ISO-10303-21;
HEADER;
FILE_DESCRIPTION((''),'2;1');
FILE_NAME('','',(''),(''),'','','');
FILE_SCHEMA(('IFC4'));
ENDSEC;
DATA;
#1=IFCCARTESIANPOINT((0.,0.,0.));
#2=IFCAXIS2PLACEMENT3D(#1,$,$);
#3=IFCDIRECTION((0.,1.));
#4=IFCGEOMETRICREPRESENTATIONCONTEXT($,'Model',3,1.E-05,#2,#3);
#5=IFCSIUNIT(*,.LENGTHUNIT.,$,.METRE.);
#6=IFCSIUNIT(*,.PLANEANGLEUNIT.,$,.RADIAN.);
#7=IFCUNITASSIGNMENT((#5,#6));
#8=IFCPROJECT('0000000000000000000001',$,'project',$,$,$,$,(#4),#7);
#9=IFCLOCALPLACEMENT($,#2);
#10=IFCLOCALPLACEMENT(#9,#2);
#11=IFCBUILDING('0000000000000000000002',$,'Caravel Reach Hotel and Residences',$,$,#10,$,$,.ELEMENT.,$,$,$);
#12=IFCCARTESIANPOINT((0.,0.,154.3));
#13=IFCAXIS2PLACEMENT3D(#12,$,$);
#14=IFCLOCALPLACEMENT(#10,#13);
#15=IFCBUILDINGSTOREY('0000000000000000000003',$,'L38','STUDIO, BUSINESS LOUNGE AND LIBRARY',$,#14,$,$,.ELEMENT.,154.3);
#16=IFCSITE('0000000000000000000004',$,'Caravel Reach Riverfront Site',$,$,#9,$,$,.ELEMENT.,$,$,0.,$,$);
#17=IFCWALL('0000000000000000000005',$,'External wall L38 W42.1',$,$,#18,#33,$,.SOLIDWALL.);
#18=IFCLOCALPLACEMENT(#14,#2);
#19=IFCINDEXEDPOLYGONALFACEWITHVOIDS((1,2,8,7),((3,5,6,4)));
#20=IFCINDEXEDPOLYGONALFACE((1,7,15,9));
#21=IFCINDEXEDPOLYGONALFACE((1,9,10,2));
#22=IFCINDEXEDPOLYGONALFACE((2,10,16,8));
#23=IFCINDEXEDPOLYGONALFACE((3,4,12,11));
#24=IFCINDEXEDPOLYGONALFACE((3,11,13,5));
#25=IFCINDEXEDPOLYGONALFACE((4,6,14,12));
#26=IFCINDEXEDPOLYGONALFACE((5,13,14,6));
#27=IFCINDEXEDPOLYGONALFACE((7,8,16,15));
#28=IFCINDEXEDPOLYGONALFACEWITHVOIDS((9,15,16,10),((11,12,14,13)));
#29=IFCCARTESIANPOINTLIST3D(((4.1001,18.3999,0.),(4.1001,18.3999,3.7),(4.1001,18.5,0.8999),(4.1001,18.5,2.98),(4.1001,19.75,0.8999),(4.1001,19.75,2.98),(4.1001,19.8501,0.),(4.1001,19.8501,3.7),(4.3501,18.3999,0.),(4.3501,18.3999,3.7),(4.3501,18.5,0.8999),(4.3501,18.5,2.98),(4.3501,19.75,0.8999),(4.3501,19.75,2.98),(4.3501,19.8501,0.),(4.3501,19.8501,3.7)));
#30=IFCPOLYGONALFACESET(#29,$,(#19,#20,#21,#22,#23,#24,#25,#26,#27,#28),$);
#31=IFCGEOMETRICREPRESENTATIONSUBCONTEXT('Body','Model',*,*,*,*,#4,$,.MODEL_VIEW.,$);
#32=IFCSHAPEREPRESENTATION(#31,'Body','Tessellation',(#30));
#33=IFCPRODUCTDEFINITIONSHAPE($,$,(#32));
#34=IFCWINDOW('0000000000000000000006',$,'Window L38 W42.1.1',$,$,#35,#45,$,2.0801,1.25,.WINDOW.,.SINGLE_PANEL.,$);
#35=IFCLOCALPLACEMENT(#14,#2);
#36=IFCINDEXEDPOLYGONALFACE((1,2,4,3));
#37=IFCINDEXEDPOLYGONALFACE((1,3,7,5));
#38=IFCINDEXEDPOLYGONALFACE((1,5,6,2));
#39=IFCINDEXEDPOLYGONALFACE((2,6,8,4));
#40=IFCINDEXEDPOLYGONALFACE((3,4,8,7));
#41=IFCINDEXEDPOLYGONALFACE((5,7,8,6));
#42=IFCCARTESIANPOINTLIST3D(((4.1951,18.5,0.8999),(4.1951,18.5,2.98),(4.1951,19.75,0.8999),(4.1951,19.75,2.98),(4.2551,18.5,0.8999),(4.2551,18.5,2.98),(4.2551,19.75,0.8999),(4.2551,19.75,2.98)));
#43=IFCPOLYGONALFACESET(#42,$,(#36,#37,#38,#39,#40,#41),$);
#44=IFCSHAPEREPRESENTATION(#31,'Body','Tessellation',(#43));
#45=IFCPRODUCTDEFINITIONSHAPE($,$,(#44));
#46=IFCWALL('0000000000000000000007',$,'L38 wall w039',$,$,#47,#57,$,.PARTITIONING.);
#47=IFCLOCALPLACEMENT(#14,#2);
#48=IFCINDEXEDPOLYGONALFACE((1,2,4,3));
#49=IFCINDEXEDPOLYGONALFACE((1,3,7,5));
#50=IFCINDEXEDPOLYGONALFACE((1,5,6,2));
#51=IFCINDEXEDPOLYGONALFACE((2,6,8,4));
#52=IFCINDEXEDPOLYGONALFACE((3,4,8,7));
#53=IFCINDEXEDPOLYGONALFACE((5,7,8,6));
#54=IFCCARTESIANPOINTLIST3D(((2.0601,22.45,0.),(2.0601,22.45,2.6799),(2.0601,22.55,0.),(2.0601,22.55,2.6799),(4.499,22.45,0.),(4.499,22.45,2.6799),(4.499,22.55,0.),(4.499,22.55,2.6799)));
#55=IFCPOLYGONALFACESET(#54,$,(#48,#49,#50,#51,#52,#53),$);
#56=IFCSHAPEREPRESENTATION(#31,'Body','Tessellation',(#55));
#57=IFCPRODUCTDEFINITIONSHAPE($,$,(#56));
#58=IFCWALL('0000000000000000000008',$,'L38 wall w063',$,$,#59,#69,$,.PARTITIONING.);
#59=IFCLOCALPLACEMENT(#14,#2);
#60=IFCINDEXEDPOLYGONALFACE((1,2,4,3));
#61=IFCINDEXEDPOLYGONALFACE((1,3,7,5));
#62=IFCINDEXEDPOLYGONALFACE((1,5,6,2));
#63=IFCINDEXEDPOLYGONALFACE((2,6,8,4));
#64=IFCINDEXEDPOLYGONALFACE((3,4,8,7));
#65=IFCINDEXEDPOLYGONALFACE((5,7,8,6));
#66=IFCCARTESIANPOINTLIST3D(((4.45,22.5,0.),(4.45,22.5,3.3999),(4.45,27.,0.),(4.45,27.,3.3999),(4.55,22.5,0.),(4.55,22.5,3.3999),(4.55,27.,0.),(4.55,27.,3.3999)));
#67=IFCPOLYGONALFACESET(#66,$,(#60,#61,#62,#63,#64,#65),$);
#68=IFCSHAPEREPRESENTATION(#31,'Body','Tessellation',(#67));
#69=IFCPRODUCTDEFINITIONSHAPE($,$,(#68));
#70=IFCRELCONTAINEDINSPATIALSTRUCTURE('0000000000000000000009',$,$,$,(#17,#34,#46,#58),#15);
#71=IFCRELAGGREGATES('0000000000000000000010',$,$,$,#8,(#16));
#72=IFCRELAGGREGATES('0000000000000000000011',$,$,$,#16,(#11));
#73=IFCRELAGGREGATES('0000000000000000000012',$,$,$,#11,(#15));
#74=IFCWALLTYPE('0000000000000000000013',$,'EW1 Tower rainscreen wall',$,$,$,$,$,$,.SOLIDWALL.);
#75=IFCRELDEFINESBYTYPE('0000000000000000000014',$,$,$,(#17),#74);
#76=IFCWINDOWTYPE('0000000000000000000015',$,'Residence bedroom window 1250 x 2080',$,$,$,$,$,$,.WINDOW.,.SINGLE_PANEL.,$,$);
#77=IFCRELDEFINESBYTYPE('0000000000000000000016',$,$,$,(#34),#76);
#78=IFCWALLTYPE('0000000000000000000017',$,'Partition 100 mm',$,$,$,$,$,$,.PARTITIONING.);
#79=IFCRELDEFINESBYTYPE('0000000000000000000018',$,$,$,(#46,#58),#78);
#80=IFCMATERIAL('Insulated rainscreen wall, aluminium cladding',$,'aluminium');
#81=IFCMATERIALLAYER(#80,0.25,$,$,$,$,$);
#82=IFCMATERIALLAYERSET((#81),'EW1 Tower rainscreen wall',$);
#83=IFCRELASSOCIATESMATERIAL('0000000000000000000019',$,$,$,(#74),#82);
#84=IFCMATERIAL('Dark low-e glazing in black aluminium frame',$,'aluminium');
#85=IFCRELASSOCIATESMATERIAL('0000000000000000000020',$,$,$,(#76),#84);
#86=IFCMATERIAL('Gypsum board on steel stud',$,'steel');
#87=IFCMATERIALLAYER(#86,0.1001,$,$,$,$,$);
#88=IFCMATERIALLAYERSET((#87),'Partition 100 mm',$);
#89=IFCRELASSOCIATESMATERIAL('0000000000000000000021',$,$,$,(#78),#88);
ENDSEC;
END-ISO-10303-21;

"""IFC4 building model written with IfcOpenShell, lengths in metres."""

from ifc_helpers import new_model, si_unit, direction, frame, frame_2d, origin, place, context, subcontext, project, spatial, rectangle, extrude, material, layer, layer_set, type_object, element, fill, save


model = new_model("IFC4")

# Units and contexts
model_context = context("Model", 3, precision=1e-05, world=origin(), true_north=direction((0.0, 1.0)))
body_context = subcontext(model_context, "Body", "Model", "MODEL_VIEW")
ifc_project = project(units=[si_unit("LENGTHUNIT", "METRE"), si_unit("PLANEANGLEUNIT", "RADIAN")], contexts=[model_context])

# Site, building, storey
site_placement = place(None, origin())
site = spatial("IfcSite", under=ifc_project, at=site_placement, Name="Caravel Reach Riverfront Site", CompositionType="ELEMENT", RefElevation=0.0)
building_placement = place(site_placement, origin())
building = spatial("IfcBuilding", under=site, at=building_placement, Name="Caravel Reach Hotel and Residences", CompositionType="ELEMENT")
storey_placement = place(building_placement, frame((0.0, 0.0, 154.3)))
storey = spatial("IfcBuildingStorey", under=building, at=storey_placement, Name="L38", Description="STUDIO, BUSINESS LOUNGE AND LIBRARY", CompositionType="ELEMENT", Elevation=154.3)

# Wall, opening, window
ifc_material_1 = material(Name="Insulated rainscreen wall, aluminium cladding", Category="aluminium")
ifc_layer_1 = layer(ifc_material_1, 0.25)
ifc_layer_set_1 = layer_set([ifc_layer_1], Name="EW1 Tower rainscreen wall")
wall_type_1 = type_object("IfcWallType", Name="EW1 Tower rainscreen wall", PredefinedType="SOLIDWALL", material=ifc_layer_set_1)
wall_1_placement = place(storey_placement, frame((4.2251, 19.8501, 0.0), z_axis=(0.0, 0.0, 1.0), x_axis=(0.0, -1.0, 0.0)))
wall_1 = element("IfcWall", 1, at=wall_1_placement, inside=storey, type_object=wall_type_1, Name="External wall L38 W42.1", PredefinedType="SOLIDWALL", context=body_context, shape_type="SweptSolid", body=[
    extrude(rectangle(XDim=1.4502, YDim=0.25, at=frame_2d((0.7251, 0.0))), origin(), (0.0, 0.0, 1.0), 3.7),
])
opening_1_placement = place(wall_1_placement, frame((0.1001, 0.0, 0.8999)))
opening_1 = element("IfcOpeningElement", 2, at=opening_1_placement, cuts=wall_1, PredefinedType="OPENING", context=body_context, shape_type="SweptSolid", body=[
    extrude(rectangle(XDim=1.25, YDim=2.0801, at=frame_2d((0.625, 1.04))), frame((0.0, 0.135, 0.0), z_axis=(0.0, -1.0, 0.0), x_axis=(1.0, 0.0, 0.0)), (0.0, 0.0, 1.0), 0.27),
])
ifc_material_2 = material(Name="Dark low-e glazing in black aluminium frame", Category="aluminium")
window_type_1 = type_object("IfcWindowType", Name="Residence bedroom window 1250 x 2080", PartitioningType="SINGLE_PANEL", PredefinedType="WINDOW", material=ifc_material_2)
window_1_placement = place(opening_1_placement, origin())
window_1 = element("IfcWindow", 3, at=window_1_placement, inside=storey, type_object=window_type_1, Name="Window L38 W42.1.1", OverallHeight=2.0801, OverallWidth=1.25, PartitioningType="SINGLE_PANEL", PredefinedType="WINDOW", context=body_context, shape_type="SweptSolid", body=[
    extrude(rectangle(XDim=1.25, YDim=2.0801, at=frame_2d((0.625, 1.04))), frame((0.0, 0.03, 0.0), z_axis=(0.0, -1.0, 0.0), x_axis=(1.0, 0.0, 0.0)), (0.0, 0.0, 1.0), 0.0601),
])
fill(opening_1, window_1)

# Walls
ifc_material_3 = material(Name="Gypsum board on steel stud", Category="steel")
ifc_layer_2 = layer(ifc_material_3, 0.1001)
ifc_layer_set_2 = layer_set([ifc_layer_2], Name="Partition 100 mm")
wall_type_2 = type_object("IfcWallType", Name="Partition 100 mm", PredefinedType="PARTITIONING", material=ifc_layer_set_2)
wall_2_placement = place(storey_placement, frame((2.0601, 22.5, 0.0), z_axis=(0.0, 0.0, 1.0), x_axis=(1.0, 0.0, 0.0)))
element("IfcWall", 4, at=wall_2_placement, inside=storey, type_object=wall_type_2, Name="L38 wall w039", PredefinedType="PARTITIONING", context=body_context, shape_type="SweptSolid", body=[
    extrude(rectangle(XDim=2.439, YDim=0.1001, at=frame_2d((1.2195, 0.0))), origin(), (0.0, 0.0, 1.0), 2.6799),
])
wall_3_placement = place(storey_placement, frame((4.5, 22.5, 0.0), z_axis=(0.0, 0.0, 1.0), x_axis=(0.0, 1.0, 0.0)))
element("IfcWall", 5, at=wall_3_placement, inside=storey, type_object=wall_type_2, Name="L38 wall w063", PredefinedType="PARTITIONING", context=body_context, shape_type="SweptSolid", body=[
    extrude(rectangle(XDim=4.5, YDim=0.1001, at=frame_2d((2.25, 0.0))), origin(), (0.0, 0.0, 1.0), 3.3999),
])

save(model, "model.ifc")
